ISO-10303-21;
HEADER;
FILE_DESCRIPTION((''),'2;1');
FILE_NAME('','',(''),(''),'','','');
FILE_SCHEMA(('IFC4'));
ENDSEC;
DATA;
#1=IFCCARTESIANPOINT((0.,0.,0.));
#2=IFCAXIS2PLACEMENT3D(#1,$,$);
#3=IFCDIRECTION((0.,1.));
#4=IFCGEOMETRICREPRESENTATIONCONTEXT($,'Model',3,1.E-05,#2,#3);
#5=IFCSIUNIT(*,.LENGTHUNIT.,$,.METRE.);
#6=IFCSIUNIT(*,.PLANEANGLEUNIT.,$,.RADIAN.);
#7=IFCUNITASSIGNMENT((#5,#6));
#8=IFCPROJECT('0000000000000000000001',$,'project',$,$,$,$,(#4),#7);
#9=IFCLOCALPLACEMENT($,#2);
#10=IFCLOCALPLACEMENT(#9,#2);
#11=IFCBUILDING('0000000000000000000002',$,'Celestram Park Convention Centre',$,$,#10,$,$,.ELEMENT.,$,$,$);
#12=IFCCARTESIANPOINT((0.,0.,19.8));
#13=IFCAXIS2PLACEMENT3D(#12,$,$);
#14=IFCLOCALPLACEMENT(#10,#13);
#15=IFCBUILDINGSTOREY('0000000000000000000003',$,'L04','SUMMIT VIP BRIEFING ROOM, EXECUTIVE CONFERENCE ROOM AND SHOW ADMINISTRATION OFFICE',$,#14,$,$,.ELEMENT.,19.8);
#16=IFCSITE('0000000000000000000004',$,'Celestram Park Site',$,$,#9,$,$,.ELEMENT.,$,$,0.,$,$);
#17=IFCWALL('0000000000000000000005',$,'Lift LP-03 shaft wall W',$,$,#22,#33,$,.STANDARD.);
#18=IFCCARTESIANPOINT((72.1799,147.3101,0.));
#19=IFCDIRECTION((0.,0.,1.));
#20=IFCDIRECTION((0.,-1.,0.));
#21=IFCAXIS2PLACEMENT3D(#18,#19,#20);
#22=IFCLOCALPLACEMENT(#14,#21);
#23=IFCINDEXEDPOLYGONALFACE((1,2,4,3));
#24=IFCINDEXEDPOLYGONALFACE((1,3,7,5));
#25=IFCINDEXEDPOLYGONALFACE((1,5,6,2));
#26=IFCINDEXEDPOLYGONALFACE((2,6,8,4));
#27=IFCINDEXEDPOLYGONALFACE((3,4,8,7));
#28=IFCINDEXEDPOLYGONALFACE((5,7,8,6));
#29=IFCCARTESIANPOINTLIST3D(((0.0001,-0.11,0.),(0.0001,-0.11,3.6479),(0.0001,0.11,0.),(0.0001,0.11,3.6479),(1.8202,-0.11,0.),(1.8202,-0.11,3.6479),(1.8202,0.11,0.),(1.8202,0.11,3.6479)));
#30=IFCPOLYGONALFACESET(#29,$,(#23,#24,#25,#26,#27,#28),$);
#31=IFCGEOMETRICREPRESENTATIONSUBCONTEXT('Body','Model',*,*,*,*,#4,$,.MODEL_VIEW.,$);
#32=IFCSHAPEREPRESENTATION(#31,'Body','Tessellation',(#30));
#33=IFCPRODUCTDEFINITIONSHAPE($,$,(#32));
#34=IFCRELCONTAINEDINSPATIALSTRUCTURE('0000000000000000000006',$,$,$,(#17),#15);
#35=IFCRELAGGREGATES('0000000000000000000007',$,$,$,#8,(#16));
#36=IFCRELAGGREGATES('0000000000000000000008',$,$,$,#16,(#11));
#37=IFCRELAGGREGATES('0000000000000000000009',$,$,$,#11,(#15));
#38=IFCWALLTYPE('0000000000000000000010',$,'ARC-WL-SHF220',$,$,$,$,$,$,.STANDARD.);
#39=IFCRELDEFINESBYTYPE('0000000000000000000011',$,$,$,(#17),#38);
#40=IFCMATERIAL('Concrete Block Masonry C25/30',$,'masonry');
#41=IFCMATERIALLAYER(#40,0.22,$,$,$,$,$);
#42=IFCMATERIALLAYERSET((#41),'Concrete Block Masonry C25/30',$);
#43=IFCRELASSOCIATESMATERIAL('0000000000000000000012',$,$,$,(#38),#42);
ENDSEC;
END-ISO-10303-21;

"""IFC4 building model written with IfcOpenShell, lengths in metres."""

from ifc_helpers import new_model, si_unit, direction, frame, frame_2d, origin, place, context, subcontext, project, spatial, rectangle, extrude, material, layer, layer_set, type_object, element, save


model = new_model("IFC4")

# Units and contexts
model_context = context("Model", 3, precision=1e-05, world=origin(), true_north=direction((0.0, 1.0)))
body_context = subcontext(model_context, "Body", "Model", "MODEL_VIEW")
ifc_project = project(units=[si_unit("LENGTHUNIT", "METRE"), si_unit("PLANEANGLEUNIT", "RADIAN")], contexts=[model_context])

# Site, building, storey
site_placement = place(None, origin())
site = spatial("IfcSite", under=ifc_project, at=site_placement, Name="Celestram Park Site", CompositionType="ELEMENT", RefElevation=0.0)
building_placement = place(site_placement, origin())
building = spatial("IfcBuilding", under=site, at=building_placement, Name="Celestram Park Convention Centre", CompositionType="ELEMENT")
storey_placement = place(building_placement, frame((0.0, 0.0, 19.8)))
storey = spatial("IfcBuildingStorey", under=building, at=storey_placement, Name="L04", Description="SUMMIT VIP BRIEFING ROOM, EXECUTIVE CONFERENCE ROOM AND SHOW ADMINISTRATION OFFICE", CompositionType="ELEMENT", Elevation=19.8)

# Shared definitions
ifc_material_1 = material(Name="Concrete Block Masonry C25/30", Category="masonry")
ifc_layer_1 = layer(ifc_material_1, 0.22)
ifc_layer_set_1 = layer_set([ifc_layer_1], Name="Concrete Block Masonry C25/30")
wall_type_1 = type_object("IfcWallType", Name="ARC-WL-SHF220", PredefinedType="STANDARD", material=ifc_layer_set_1)

# Wall
for number, where, z_axis, x_axis, name in (
    (1, (72.1799, 147.3101, 0.0), (0.0, 0.0, 1.0), (0.0, -1.0, 0.0), "Lift LP-03 shaft wall W"),
):
    element("IfcWall", number, at=place(storey_placement, frame(where, z_axis=z_axis, x_axis=x_axis)), inside=storey, type_object=wall_type_1, Name=name, PredefinedType="STANDARD", context=body_context, shape_type="SweptSolid", body=[
        extrude(rectangle(XDim=1.8201, YDim=0.22, at=frame_2d((0.9102, 0.0))), origin(), (0.0, 0.0, 1.0), 3.6479),
    ])

save(model, "model.ifc")
